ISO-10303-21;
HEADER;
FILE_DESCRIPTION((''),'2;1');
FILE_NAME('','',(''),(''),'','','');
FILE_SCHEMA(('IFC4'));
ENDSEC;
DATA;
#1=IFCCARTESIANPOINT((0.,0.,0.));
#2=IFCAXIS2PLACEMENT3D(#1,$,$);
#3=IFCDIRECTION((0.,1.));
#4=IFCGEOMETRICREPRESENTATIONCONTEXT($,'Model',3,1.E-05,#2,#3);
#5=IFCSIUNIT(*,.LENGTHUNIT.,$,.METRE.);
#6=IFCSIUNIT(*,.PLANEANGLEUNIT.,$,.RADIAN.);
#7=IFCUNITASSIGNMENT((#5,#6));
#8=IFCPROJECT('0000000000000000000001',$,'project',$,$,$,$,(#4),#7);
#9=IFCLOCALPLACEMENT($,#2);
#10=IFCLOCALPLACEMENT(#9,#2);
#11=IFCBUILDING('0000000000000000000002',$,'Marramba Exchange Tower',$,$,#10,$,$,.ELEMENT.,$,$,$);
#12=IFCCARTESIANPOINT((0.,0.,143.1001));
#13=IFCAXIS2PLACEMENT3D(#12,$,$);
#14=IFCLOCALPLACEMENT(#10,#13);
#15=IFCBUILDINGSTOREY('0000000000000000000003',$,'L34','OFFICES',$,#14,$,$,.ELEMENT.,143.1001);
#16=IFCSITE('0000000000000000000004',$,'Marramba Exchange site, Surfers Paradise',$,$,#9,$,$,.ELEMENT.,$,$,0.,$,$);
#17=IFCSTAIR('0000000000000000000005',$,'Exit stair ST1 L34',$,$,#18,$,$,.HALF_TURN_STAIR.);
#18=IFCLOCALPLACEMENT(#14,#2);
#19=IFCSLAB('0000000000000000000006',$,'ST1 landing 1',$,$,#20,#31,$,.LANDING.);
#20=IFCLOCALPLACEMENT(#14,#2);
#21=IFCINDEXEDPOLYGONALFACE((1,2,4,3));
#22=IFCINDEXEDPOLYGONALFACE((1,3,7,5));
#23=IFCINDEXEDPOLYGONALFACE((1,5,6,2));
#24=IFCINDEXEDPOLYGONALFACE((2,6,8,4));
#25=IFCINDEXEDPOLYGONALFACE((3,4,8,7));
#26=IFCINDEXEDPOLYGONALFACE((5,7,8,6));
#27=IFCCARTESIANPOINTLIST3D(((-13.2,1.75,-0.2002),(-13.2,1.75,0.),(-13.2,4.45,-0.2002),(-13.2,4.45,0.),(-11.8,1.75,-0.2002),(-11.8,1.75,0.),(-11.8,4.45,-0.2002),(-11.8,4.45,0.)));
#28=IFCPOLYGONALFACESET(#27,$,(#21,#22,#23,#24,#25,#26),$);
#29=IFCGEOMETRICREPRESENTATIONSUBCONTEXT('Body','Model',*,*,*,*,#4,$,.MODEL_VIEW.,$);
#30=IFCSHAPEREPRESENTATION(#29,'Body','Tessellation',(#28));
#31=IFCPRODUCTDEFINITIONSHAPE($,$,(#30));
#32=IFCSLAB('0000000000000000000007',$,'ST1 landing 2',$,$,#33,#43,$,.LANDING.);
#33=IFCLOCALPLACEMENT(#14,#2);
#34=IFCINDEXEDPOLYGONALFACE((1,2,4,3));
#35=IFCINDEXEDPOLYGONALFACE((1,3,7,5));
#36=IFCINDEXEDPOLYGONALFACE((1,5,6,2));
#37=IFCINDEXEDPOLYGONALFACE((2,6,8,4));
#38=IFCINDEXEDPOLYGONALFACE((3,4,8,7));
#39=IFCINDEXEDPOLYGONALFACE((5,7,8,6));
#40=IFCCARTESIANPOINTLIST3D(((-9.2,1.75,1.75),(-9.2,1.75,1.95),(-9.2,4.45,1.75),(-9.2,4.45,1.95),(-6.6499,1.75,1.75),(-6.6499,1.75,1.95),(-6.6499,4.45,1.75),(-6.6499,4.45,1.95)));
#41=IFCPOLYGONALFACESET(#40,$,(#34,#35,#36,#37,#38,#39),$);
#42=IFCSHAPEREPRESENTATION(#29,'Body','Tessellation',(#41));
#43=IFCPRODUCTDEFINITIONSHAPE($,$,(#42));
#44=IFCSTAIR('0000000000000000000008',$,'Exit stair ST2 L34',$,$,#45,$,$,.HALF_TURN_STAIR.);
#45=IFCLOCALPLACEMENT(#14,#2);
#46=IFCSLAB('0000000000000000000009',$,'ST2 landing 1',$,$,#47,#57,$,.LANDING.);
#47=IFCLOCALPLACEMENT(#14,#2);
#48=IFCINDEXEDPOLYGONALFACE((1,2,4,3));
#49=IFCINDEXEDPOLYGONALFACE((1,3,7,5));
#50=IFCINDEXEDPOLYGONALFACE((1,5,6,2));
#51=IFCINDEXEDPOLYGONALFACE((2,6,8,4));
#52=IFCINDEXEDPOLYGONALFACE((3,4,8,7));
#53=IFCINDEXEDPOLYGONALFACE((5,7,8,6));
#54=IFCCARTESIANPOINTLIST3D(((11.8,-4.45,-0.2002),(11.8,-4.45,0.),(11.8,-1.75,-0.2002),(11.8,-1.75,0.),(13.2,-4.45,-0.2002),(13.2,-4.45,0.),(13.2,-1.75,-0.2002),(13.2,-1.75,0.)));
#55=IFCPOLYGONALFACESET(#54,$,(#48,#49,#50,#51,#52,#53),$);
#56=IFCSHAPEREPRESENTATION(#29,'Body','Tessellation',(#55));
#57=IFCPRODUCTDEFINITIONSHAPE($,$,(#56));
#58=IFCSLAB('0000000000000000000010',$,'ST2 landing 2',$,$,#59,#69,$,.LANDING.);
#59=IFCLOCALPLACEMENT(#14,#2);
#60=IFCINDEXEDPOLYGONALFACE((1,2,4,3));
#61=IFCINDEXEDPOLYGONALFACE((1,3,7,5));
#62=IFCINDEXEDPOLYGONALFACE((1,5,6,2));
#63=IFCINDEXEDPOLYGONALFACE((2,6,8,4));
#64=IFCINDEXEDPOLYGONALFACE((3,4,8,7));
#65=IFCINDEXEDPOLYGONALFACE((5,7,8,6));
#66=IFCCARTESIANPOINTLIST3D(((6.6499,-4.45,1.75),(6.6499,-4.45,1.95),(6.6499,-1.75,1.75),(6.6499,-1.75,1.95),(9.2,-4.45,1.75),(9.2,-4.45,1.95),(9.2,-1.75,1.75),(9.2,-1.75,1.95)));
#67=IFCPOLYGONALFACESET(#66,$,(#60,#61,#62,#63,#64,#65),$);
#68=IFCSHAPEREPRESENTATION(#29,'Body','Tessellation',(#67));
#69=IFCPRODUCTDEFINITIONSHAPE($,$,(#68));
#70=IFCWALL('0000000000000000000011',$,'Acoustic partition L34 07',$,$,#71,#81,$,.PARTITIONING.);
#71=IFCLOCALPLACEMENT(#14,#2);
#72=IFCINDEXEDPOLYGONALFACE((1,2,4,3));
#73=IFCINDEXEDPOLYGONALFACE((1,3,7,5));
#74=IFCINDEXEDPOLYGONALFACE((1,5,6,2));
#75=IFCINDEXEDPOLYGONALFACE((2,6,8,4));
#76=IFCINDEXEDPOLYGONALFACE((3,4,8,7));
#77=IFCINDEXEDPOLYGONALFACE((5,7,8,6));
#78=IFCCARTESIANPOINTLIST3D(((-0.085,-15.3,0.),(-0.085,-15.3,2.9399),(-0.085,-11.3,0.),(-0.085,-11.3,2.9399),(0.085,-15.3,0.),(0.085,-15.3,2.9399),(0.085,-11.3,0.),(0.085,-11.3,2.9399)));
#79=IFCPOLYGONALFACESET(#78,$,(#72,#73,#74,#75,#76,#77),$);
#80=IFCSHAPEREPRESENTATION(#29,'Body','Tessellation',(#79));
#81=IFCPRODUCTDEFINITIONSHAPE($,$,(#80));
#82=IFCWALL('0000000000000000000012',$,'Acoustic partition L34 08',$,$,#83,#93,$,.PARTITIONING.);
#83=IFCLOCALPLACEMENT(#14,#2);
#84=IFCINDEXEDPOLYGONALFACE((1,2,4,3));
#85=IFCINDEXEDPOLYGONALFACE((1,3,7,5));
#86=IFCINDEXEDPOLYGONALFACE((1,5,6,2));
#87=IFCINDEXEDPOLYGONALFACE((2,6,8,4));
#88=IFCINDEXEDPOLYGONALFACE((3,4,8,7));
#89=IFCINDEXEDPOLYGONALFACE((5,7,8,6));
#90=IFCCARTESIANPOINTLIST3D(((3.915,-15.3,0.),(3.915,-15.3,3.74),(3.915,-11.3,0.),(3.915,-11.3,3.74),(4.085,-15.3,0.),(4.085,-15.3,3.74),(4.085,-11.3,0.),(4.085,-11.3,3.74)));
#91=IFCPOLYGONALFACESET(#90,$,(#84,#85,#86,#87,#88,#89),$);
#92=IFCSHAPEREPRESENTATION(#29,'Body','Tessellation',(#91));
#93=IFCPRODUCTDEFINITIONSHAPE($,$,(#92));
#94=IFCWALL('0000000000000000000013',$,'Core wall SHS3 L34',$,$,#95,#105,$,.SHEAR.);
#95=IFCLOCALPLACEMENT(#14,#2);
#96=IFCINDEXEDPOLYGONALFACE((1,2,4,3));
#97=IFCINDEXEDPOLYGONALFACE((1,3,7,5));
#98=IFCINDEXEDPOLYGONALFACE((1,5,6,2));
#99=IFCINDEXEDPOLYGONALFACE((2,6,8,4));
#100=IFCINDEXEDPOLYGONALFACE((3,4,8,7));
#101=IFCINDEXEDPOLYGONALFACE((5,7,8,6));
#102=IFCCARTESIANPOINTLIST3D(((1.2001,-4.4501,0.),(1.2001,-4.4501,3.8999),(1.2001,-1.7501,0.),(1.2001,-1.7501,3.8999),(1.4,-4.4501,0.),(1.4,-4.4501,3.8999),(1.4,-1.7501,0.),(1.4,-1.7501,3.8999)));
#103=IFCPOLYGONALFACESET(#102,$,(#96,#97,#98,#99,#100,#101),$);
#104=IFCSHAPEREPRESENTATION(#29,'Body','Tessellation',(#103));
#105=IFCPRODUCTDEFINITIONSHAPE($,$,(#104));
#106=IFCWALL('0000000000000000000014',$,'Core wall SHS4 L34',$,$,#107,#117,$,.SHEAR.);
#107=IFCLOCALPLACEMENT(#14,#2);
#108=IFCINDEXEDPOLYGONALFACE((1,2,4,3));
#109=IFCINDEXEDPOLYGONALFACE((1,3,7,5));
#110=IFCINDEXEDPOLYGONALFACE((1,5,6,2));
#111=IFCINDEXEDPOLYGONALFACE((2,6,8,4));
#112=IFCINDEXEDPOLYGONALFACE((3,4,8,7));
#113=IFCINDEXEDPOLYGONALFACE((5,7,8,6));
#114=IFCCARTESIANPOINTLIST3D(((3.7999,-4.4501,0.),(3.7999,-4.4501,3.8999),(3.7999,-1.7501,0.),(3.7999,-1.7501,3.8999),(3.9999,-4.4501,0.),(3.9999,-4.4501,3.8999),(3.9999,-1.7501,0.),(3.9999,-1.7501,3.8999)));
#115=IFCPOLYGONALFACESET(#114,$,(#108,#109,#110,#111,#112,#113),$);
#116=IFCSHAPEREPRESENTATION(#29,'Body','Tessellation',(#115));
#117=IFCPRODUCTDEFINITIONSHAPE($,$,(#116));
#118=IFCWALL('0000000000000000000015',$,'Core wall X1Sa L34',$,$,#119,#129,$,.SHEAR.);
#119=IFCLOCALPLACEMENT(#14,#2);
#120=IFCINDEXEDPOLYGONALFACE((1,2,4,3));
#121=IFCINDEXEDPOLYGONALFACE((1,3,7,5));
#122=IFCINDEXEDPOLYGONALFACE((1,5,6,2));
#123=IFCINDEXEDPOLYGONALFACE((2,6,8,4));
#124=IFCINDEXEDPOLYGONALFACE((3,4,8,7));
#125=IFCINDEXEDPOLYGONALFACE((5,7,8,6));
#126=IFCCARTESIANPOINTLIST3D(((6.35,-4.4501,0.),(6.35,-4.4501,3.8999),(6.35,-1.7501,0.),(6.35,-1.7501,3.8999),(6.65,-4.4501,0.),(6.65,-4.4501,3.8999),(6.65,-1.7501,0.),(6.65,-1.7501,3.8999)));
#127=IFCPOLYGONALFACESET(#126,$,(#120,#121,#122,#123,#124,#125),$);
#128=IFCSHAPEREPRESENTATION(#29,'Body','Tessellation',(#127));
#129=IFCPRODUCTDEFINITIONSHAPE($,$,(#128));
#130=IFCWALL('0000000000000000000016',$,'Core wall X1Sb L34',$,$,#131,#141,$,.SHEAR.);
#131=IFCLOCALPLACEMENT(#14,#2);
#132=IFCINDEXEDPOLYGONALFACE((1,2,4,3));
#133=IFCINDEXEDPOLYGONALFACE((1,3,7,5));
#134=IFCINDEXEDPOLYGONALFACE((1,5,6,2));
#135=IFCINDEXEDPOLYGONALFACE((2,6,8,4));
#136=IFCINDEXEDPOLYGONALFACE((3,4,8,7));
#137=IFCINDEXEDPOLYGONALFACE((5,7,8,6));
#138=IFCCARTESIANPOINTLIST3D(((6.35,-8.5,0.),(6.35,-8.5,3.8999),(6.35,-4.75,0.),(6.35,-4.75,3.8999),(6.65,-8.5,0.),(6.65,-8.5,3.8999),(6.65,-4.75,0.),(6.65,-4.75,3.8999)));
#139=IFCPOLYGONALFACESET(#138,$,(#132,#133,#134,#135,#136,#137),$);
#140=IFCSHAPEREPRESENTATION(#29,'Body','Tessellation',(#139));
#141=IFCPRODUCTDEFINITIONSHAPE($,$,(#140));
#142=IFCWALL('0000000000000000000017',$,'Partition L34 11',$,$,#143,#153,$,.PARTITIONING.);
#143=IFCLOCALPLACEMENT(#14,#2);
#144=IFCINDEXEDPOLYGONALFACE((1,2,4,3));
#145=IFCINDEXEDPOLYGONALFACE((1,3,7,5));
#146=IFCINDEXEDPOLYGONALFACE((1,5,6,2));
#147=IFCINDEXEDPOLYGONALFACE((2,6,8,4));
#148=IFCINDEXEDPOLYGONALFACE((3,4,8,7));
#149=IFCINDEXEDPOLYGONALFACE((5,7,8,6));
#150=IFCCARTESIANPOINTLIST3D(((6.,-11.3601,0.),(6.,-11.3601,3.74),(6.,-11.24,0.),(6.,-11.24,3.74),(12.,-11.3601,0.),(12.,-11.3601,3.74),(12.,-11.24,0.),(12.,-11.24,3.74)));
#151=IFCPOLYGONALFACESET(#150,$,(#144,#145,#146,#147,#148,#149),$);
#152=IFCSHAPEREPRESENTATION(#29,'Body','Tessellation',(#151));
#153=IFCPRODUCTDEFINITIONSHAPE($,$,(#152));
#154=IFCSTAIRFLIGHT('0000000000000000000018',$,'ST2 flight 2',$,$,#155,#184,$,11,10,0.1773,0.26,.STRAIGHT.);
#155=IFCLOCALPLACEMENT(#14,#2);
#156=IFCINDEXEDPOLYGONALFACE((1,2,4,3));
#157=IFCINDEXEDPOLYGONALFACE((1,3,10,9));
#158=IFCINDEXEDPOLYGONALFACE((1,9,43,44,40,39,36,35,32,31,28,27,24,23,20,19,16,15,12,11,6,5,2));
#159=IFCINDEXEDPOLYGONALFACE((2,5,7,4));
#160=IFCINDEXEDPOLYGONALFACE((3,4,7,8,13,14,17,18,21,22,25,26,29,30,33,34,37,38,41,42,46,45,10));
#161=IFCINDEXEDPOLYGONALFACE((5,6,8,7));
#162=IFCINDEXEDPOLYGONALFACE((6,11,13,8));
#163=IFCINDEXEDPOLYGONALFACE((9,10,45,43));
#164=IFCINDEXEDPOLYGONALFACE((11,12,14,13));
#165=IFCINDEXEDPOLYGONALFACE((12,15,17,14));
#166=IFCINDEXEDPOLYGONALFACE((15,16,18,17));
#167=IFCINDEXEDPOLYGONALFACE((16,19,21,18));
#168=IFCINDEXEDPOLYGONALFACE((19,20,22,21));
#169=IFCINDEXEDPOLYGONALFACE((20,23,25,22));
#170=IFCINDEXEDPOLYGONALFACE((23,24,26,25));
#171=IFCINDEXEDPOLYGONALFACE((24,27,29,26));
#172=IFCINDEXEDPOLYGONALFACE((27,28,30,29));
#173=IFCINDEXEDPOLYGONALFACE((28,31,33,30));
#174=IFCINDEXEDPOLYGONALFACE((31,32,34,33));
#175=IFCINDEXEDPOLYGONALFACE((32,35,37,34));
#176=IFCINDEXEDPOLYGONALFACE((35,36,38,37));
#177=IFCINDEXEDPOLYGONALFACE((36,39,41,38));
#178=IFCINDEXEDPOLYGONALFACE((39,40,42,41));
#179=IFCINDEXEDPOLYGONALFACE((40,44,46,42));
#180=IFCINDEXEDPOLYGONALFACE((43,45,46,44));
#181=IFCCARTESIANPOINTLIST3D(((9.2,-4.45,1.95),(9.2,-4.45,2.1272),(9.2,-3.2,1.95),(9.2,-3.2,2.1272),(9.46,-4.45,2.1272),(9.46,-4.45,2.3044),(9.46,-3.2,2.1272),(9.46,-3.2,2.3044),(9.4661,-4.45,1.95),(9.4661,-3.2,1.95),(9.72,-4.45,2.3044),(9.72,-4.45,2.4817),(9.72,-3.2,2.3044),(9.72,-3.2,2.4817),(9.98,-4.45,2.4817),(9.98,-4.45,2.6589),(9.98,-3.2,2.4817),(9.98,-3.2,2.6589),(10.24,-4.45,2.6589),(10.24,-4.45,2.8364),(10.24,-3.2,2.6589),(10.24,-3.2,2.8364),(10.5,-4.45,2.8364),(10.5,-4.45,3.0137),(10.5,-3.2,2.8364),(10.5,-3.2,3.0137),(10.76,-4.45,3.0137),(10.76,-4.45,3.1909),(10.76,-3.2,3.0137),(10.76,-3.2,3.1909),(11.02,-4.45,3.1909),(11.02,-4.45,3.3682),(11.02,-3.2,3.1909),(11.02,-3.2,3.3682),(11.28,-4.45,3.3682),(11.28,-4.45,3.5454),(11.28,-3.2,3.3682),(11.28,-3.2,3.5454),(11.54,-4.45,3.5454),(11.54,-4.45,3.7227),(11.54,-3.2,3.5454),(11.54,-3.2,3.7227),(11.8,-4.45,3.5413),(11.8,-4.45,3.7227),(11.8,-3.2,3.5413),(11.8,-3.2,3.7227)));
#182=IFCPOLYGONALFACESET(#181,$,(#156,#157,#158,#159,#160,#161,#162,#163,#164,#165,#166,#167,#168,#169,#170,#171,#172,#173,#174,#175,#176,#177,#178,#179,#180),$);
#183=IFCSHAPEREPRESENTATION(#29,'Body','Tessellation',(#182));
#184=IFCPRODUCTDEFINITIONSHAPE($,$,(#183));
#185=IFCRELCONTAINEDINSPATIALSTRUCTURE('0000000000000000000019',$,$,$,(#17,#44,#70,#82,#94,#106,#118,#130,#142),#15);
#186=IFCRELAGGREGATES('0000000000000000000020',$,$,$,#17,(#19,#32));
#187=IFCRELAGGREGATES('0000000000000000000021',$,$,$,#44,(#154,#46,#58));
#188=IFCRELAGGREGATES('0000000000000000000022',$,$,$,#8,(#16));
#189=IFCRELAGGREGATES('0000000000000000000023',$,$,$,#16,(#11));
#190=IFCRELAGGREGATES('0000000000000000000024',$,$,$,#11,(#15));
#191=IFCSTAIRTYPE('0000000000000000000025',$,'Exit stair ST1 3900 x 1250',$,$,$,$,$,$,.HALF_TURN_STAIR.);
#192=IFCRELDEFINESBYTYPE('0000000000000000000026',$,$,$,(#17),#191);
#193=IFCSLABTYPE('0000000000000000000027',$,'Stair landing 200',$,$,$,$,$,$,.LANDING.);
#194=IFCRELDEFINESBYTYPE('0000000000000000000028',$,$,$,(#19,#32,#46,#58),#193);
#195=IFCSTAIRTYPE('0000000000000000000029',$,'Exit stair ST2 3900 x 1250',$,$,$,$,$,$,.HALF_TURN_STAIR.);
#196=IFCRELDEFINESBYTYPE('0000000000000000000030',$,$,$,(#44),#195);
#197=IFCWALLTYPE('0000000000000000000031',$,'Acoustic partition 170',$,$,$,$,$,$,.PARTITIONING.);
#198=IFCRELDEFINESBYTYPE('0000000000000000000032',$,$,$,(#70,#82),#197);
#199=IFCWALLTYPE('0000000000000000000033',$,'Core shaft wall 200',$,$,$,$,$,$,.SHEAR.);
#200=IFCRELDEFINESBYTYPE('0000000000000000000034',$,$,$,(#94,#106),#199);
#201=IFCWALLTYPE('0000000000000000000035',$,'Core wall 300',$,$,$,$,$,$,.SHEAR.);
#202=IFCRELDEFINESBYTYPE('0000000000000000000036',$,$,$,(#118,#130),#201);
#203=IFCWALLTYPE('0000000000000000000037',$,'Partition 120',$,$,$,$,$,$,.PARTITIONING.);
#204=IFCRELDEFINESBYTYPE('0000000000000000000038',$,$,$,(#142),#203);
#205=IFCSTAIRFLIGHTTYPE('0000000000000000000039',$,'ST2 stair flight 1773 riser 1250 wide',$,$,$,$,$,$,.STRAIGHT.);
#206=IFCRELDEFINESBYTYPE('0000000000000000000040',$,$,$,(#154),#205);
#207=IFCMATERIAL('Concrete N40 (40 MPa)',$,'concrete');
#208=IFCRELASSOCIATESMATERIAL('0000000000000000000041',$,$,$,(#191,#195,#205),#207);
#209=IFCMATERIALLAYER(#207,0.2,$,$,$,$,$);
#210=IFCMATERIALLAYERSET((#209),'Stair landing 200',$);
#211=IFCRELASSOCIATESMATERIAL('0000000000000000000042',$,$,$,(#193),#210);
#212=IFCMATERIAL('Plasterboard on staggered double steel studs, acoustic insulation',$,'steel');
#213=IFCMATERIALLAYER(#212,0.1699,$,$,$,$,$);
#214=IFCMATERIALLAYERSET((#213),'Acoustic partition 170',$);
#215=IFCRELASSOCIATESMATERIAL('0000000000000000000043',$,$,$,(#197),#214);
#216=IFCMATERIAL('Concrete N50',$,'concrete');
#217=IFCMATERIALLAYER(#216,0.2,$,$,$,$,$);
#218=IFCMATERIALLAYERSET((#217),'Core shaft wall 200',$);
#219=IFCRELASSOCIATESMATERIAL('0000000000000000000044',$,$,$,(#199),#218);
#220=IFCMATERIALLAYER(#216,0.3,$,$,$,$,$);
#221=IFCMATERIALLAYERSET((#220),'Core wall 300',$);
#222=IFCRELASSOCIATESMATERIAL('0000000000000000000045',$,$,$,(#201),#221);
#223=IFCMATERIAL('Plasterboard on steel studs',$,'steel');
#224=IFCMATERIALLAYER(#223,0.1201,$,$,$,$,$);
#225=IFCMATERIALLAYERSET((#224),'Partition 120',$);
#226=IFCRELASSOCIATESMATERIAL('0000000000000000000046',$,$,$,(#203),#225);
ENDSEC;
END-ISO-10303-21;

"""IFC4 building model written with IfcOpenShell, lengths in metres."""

from ifc_helpers import new_model, si_unit, direction, frame, frame_2d, origin, place, context, subcontext, project, spatial, polyline, rectangle, outline, extrude, material, layer, layer_set, type_object, element, aggregate, save


model = new_model("IFC4")

# Units and contexts
model_context = context("Model", 3, precision=1e-05, world=origin(), true_north=direction((0.0, 1.0)))
body_context = subcontext(model_context, "Body", "Model", "MODEL_VIEW")
ifc_project = project(units=[si_unit("LENGTHUNIT", "METRE"), si_unit("PLANEANGLEUNIT", "RADIAN")], contexts=[model_context])

# Site, building, storey
site_placement = place(None, origin())
site = spatial("IfcSite", under=ifc_project, at=site_placement, Name="Marramba Exchange site, Surfers Paradise", CompositionType="ELEMENT", RefElevation=0.0)
building_placement = place(site_placement, origin())
building = spatial("IfcBuilding", under=site, at=building_placement, Name="Marramba Exchange Tower", CompositionType="ELEMENT")
storey_placement = place(building_placement, frame((0.0, 0.0, 143.1001)))
storey = spatial("IfcBuildingStorey", under=building, at=storey_placement, Name="L34", Description="OFFICES", CompositionType="ELEMENT", Elevation=143.1001)

# Stairs, slabs
ifc_material_1 = material(Name="Concrete N40 (40 MPa)", Category="concrete")
stair_type_1 = type_object("IfcStairType", Name="Exit stair ST1 3900 x 1250", PredefinedType="HALF_TURN_STAIR", material=ifc_material_1)
stair_1_placement = place(storey_placement, origin())
stair_1 = element("IfcStair", 1, at=stair_1_placement, inside=storey, type_object=stair_type_1, Name="Exit stair ST1 L34", PredefinedType="HALF_TURN_STAIR")
ifc_layer_1 = layer(ifc_material_1, 0.2)
ifc_layer_set_1 = layer_set([ifc_layer_1], Name="Stair landing 200")
slab_type = type_object("IfcSlabType", Name="Stair landing 200", PredefinedType="LANDING", material=ifc_layer_set_1)
slab_1_placement = place(storey_placement, frame((0.0, 0.0, -0.2002)))
slab_1 = element("IfcSlab", 2, at=slab_1_placement, type_object=slab_type, Name="ST1 landing 1", PredefinedType="LANDING", context=body_context, shape_type="SweptSolid", body=[
    extrude(outline(polyline([(-13.2, 1.75), (-11.8, 1.75), (-11.8, 4.45), (-13.2, 4.45), (-13.2, 1.75)])), origin(), (0.0, 0.0, 1.0), 0.2002),
])
slab_2_placement = place(storey_placement, frame((0.0, 0.0, 1.75)))
slab_2 = element("IfcSlab", 3, at=slab_2_placement, type_object=slab_type, Name="ST1 landing 2", PredefinedType="LANDING", context=body_context, shape_type="SweptSolid", body=[
    extrude(outline(polyline([(-9.2, 1.75), (-6.6499, 1.75), (-6.6499, 4.45), (-9.2, 4.45), (-9.2, 1.75)])), origin(), (0.0, 0.0, 1.0), 0.2),
])
aggregate(stair_1, [slab_1, slab_2])
stair_type_2 = type_object("IfcStairType", Name="Exit stair ST2 3900 x 1250", PredefinedType="HALF_TURN_STAIR", material=ifc_material_1)
stair_2_placement = place(storey_placement, origin())
stair_2 = element("IfcStair", 4, at=stair_2_placement, inside=storey, type_object=stair_type_2, Name="Exit stair ST2 L34", PredefinedType="HALF_TURN_STAIR")
slab_3_placement = place(storey_placement, frame((0.0, 0.0, -0.2002)))
slab_3 = element("IfcSlab", 5, at=slab_3_placement, type_object=slab_type, Name="ST2 landing 1", PredefinedType="LANDING", context=body_context, shape_type="SweptSolid", body=[
    extrude(outline(polyline([(11.8, -4.45), (13.2, -4.45), (13.2, -1.75), (11.8, -1.75), (11.8, -4.45)])), origin(), (0.0, 0.0, 1.0), 0.2002),
])
slab_4_placement = place(storey_placement, frame((0.0, 0.0, 1.75)))
slab_4 = element("IfcSlab", 6, at=slab_4_placement, type_object=slab_type, Name="ST2 landing 2", PredefinedType="LANDING", context=body_context, shape_type="SweptSolid", body=[
    extrude(outline(polyline([(6.6499, -4.45), (9.2, -4.45), (9.2, -1.75), (6.6499, -1.75), (6.6499, -4.45)])), origin(), (0.0, 0.0, 1.0), 0.2),
])

# Walls
ifc_material_2 = material(Name="Plasterboard on staggered double steel studs, acoustic insulation", Category="steel")
ifc_layer_2 = layer(ifc_material_2, 0.1699)
ifc_layer_set_2 = layer_set([ifc_layer_2], Name="Acoustic partition 170")
wall_type_1 = type_object("IfcWallType", Name="Acoustic partition 170", PredefinedType="PARTITIONING", material=ifc_layer_set_2)
wall_1_placement = place(storey_placement, frame((0.0, -11.3, 0.0), z_axis=(0.0, 0.0, 1.0), x_axis=(0.0, -1.0, 0.0)))
element("IfcWall", 7, at=wall_1_placement, inside=storey, type_object=wall_type_1, Name="Acoustic partition L34 07", PredefinedType="PARTITIONING", context=body_context, shape_type="SweptSolid", body=[
    extrude(rectangle(XDim=4.0, YDim=0.1699, at=frame_2d((2.0, 0.0))), origin(), (0.0, 0.0, 1.0), 2.9399),
])
wall_2_placement = place(storey_placement, frame((4.0, -11.3, 0.0), z_axis=(0.0, 0.0, 1.0), x_axis=(0.0, -1.0, 0.0)))
element("IfcWall", 8, at=wall_2_placement, inside=storey, type_object=wall_type_1, Name="Acoustic partition L34 08", PredefinedType="PARTITIONING", context=body_context, shape_type="SweptSolid", body=[
    extrude(rectangle(XDim=4.0, YDim=0.1699, at=frame_2d((2.0, 0.0))), origin(), (0.0, 0.0, 1.0), 3.74),
])
ifc_material_3 = material(Name="Concrete N50", Category="concrete")
ifc_layer_3 = layer(ifc_material_3, 0.2)
ifc_layer_set_3 = layer_set([ifc_layer_3], Name="Core shaft wall 200")
wall_type_2 = type_object("IfcWallType", Name="Core shaft wall 200", PredefinedType="SHEAR", material=ifc_layer_set_3)
for number, where, z_axis, x_axis, name in (
    (9, (1.3, -1.75, 0.0), (0.0, 0.0, 1.0), (0.0, -1.0, 0.0), "Core wall SHS3 L34"),
    (10, (3.8999, -1.75, 0.0), (0.0, 0.0, 1.0), (0.0, -1.0, 0.0), "Core wall SHS4 L34"),
):
    element("IfcWall", number, at=place(storey_placement, frame(where, z_axis=z_axis, x_axis=x_axis)), inside=storey, type_object=wall_type_2, Name=name, PredefinedType="SHEAR", context=body_context, shape_type="SweptSolid", body=[
        extrude(rectangle(XDim=2.7, YDim=0.2, at=frame_2d((1.3501, 0.0))), origin(), (0.0, 0.0, 1.0), 3.8999),
    ])
ifc_layer_4 = layer(ifc_material_3, 0.3)
ifc_layer_set_4 = layer_set([ifc_layer_4], Name="Core wall 300")
wall_type_3 = type_object("IfcWallType", Name="Core wall 300", PredefinedType="SHEAR", material=ifc_layer_set_4)
wall_3_placement = place(storey_placement, frame((6.5, -1.75, 0.0), z_axis=(0.0, 0.0, 1.0), x_axis=(0.0, -1.0, 0.0)))
element("IfcWall", 11, at=wall_3_placement, inside=storey, type_object=wall_type_3, Name="Core wall X1Sa L34", PredefinedType="SHEAR", context=body_context, shape_type="SweptSolid", body=[
    extrude(rectangle(XDim=2.7, YDim=0.3, at=frame_2d((1.3501, 0.0))), origin(), (0.0, 0.0, 1.0), 3.8999),
])
wall_4_placement = place(storey_placement, frame((6.5, -4.75, 0.0), z_axis=(0.0, 0.0, 1.0), x_axis=(0.0, -1.0, 0.0)))
element("IfcWall", 12, at=wall_4_placement, inside=storey, type_object=wall_type_3, Name="Core wall X1Sb L34", PredefinedType="SHEAR", context=body_context, shape_type="SweptSolid", body=[
    extrude(rectangle(XDim=3.75, YDim=0.3, at=frame_2d((1.875, 0.0))), origin(), (0.0, 0.0, 1.0), 3.8999),
])
ifc_material_4 = material(Name="Plasterboard on steel studs", Category="steel")
ifc_layer_5 = layer(ifc_material_4, 0.1201)
ifc_layer_set_5 = layer_set([ifc_layer_5], Name="Partition 120")
wall_type_4 = type_object("IfcWallType", Name="Partition 120", PredefinedType="PARTITIONING", material=ifc_layer_set_5)
wall_5_placement = place(storey_placement, frame((6.0, -11.3, 0.0), z_axis=(0.0, 0.0, 1.0), x_axis=(1.0, 0.0, 0.0)))
element("IfcWall", 13, at=wall_5_placement, inside=storey, type_object=wall_type_4, Name="Partition L34 11", PredefinedType="PARTITIONING", context=body_context, shape_type="SweptSolid", body=[
    extrude(rectangle(XDim=6.0, YDim=0.1201, at=frame_2d((3.0, 0.0))), origin(), (0.0, 0.0, 1.0), 3.74),
])

# Stair flight
stair_flight_type = type_object("IfcStairFlightType", Name="ST2 stair flight 1773 riser 1250 wide", PredefinedType="STRAIGHT", material=ifc_material_1)
stair_flight_placement = place(storey_placement, frame((9.2, -3.825, 1.95), z_axis=(0.0, 0.0, 1.0), x_axis=(1.0, 0.0, 0.0)))
stair_flight = element("IfcStairFlight", 14, at=stair_flight_placement, type_object=stair_flight_type, Name="ST2 flight 2", NumberOfRisers=11, NumberOfTreads=10, PredefinedType="STRAIGHT", RiserHeight=0.1773, TreadLength=0.26, context=body_context, shape_type="SweptSolid", body=[
    extrude(outline(polyline([(0.0, 0.0), (0.0, 0.1772), (0.26, 0.1772), (0.26, 0.3545), (0.52, 0.3545), (0.52, 0.5317), (0.78, 0.5317), (0.78, 0.709), (1.04, 0.709), (1.04, 0.8865), (1.3, 0.8865), (1.3, 1.0637), (1.5601, 1.0637), (1.5601, 1.241), (1.8201, 1.241), (1.8201, 1.4182), (2.0801, 1.4182), (2.0801, 1.5955), (2.3401, 1.5955), (2.3401, 1.7727), (2.6001, 1.7727), (2.6001, 1.95), (2.6001, 1.5913), (0.2661, 0.0), (0.0, 0.0)])), frame((0.0, 0.625, 0.0), z_axis=(0.0, -1.0, 0.0), x_axis=(1.0, 0.0, 0.0)), (0.0, 0.0, 1.0), 1.25),
])
aggregate(stair_2, [stair_flight, slab_3, slab_4])

save(model, "model.ifc")
